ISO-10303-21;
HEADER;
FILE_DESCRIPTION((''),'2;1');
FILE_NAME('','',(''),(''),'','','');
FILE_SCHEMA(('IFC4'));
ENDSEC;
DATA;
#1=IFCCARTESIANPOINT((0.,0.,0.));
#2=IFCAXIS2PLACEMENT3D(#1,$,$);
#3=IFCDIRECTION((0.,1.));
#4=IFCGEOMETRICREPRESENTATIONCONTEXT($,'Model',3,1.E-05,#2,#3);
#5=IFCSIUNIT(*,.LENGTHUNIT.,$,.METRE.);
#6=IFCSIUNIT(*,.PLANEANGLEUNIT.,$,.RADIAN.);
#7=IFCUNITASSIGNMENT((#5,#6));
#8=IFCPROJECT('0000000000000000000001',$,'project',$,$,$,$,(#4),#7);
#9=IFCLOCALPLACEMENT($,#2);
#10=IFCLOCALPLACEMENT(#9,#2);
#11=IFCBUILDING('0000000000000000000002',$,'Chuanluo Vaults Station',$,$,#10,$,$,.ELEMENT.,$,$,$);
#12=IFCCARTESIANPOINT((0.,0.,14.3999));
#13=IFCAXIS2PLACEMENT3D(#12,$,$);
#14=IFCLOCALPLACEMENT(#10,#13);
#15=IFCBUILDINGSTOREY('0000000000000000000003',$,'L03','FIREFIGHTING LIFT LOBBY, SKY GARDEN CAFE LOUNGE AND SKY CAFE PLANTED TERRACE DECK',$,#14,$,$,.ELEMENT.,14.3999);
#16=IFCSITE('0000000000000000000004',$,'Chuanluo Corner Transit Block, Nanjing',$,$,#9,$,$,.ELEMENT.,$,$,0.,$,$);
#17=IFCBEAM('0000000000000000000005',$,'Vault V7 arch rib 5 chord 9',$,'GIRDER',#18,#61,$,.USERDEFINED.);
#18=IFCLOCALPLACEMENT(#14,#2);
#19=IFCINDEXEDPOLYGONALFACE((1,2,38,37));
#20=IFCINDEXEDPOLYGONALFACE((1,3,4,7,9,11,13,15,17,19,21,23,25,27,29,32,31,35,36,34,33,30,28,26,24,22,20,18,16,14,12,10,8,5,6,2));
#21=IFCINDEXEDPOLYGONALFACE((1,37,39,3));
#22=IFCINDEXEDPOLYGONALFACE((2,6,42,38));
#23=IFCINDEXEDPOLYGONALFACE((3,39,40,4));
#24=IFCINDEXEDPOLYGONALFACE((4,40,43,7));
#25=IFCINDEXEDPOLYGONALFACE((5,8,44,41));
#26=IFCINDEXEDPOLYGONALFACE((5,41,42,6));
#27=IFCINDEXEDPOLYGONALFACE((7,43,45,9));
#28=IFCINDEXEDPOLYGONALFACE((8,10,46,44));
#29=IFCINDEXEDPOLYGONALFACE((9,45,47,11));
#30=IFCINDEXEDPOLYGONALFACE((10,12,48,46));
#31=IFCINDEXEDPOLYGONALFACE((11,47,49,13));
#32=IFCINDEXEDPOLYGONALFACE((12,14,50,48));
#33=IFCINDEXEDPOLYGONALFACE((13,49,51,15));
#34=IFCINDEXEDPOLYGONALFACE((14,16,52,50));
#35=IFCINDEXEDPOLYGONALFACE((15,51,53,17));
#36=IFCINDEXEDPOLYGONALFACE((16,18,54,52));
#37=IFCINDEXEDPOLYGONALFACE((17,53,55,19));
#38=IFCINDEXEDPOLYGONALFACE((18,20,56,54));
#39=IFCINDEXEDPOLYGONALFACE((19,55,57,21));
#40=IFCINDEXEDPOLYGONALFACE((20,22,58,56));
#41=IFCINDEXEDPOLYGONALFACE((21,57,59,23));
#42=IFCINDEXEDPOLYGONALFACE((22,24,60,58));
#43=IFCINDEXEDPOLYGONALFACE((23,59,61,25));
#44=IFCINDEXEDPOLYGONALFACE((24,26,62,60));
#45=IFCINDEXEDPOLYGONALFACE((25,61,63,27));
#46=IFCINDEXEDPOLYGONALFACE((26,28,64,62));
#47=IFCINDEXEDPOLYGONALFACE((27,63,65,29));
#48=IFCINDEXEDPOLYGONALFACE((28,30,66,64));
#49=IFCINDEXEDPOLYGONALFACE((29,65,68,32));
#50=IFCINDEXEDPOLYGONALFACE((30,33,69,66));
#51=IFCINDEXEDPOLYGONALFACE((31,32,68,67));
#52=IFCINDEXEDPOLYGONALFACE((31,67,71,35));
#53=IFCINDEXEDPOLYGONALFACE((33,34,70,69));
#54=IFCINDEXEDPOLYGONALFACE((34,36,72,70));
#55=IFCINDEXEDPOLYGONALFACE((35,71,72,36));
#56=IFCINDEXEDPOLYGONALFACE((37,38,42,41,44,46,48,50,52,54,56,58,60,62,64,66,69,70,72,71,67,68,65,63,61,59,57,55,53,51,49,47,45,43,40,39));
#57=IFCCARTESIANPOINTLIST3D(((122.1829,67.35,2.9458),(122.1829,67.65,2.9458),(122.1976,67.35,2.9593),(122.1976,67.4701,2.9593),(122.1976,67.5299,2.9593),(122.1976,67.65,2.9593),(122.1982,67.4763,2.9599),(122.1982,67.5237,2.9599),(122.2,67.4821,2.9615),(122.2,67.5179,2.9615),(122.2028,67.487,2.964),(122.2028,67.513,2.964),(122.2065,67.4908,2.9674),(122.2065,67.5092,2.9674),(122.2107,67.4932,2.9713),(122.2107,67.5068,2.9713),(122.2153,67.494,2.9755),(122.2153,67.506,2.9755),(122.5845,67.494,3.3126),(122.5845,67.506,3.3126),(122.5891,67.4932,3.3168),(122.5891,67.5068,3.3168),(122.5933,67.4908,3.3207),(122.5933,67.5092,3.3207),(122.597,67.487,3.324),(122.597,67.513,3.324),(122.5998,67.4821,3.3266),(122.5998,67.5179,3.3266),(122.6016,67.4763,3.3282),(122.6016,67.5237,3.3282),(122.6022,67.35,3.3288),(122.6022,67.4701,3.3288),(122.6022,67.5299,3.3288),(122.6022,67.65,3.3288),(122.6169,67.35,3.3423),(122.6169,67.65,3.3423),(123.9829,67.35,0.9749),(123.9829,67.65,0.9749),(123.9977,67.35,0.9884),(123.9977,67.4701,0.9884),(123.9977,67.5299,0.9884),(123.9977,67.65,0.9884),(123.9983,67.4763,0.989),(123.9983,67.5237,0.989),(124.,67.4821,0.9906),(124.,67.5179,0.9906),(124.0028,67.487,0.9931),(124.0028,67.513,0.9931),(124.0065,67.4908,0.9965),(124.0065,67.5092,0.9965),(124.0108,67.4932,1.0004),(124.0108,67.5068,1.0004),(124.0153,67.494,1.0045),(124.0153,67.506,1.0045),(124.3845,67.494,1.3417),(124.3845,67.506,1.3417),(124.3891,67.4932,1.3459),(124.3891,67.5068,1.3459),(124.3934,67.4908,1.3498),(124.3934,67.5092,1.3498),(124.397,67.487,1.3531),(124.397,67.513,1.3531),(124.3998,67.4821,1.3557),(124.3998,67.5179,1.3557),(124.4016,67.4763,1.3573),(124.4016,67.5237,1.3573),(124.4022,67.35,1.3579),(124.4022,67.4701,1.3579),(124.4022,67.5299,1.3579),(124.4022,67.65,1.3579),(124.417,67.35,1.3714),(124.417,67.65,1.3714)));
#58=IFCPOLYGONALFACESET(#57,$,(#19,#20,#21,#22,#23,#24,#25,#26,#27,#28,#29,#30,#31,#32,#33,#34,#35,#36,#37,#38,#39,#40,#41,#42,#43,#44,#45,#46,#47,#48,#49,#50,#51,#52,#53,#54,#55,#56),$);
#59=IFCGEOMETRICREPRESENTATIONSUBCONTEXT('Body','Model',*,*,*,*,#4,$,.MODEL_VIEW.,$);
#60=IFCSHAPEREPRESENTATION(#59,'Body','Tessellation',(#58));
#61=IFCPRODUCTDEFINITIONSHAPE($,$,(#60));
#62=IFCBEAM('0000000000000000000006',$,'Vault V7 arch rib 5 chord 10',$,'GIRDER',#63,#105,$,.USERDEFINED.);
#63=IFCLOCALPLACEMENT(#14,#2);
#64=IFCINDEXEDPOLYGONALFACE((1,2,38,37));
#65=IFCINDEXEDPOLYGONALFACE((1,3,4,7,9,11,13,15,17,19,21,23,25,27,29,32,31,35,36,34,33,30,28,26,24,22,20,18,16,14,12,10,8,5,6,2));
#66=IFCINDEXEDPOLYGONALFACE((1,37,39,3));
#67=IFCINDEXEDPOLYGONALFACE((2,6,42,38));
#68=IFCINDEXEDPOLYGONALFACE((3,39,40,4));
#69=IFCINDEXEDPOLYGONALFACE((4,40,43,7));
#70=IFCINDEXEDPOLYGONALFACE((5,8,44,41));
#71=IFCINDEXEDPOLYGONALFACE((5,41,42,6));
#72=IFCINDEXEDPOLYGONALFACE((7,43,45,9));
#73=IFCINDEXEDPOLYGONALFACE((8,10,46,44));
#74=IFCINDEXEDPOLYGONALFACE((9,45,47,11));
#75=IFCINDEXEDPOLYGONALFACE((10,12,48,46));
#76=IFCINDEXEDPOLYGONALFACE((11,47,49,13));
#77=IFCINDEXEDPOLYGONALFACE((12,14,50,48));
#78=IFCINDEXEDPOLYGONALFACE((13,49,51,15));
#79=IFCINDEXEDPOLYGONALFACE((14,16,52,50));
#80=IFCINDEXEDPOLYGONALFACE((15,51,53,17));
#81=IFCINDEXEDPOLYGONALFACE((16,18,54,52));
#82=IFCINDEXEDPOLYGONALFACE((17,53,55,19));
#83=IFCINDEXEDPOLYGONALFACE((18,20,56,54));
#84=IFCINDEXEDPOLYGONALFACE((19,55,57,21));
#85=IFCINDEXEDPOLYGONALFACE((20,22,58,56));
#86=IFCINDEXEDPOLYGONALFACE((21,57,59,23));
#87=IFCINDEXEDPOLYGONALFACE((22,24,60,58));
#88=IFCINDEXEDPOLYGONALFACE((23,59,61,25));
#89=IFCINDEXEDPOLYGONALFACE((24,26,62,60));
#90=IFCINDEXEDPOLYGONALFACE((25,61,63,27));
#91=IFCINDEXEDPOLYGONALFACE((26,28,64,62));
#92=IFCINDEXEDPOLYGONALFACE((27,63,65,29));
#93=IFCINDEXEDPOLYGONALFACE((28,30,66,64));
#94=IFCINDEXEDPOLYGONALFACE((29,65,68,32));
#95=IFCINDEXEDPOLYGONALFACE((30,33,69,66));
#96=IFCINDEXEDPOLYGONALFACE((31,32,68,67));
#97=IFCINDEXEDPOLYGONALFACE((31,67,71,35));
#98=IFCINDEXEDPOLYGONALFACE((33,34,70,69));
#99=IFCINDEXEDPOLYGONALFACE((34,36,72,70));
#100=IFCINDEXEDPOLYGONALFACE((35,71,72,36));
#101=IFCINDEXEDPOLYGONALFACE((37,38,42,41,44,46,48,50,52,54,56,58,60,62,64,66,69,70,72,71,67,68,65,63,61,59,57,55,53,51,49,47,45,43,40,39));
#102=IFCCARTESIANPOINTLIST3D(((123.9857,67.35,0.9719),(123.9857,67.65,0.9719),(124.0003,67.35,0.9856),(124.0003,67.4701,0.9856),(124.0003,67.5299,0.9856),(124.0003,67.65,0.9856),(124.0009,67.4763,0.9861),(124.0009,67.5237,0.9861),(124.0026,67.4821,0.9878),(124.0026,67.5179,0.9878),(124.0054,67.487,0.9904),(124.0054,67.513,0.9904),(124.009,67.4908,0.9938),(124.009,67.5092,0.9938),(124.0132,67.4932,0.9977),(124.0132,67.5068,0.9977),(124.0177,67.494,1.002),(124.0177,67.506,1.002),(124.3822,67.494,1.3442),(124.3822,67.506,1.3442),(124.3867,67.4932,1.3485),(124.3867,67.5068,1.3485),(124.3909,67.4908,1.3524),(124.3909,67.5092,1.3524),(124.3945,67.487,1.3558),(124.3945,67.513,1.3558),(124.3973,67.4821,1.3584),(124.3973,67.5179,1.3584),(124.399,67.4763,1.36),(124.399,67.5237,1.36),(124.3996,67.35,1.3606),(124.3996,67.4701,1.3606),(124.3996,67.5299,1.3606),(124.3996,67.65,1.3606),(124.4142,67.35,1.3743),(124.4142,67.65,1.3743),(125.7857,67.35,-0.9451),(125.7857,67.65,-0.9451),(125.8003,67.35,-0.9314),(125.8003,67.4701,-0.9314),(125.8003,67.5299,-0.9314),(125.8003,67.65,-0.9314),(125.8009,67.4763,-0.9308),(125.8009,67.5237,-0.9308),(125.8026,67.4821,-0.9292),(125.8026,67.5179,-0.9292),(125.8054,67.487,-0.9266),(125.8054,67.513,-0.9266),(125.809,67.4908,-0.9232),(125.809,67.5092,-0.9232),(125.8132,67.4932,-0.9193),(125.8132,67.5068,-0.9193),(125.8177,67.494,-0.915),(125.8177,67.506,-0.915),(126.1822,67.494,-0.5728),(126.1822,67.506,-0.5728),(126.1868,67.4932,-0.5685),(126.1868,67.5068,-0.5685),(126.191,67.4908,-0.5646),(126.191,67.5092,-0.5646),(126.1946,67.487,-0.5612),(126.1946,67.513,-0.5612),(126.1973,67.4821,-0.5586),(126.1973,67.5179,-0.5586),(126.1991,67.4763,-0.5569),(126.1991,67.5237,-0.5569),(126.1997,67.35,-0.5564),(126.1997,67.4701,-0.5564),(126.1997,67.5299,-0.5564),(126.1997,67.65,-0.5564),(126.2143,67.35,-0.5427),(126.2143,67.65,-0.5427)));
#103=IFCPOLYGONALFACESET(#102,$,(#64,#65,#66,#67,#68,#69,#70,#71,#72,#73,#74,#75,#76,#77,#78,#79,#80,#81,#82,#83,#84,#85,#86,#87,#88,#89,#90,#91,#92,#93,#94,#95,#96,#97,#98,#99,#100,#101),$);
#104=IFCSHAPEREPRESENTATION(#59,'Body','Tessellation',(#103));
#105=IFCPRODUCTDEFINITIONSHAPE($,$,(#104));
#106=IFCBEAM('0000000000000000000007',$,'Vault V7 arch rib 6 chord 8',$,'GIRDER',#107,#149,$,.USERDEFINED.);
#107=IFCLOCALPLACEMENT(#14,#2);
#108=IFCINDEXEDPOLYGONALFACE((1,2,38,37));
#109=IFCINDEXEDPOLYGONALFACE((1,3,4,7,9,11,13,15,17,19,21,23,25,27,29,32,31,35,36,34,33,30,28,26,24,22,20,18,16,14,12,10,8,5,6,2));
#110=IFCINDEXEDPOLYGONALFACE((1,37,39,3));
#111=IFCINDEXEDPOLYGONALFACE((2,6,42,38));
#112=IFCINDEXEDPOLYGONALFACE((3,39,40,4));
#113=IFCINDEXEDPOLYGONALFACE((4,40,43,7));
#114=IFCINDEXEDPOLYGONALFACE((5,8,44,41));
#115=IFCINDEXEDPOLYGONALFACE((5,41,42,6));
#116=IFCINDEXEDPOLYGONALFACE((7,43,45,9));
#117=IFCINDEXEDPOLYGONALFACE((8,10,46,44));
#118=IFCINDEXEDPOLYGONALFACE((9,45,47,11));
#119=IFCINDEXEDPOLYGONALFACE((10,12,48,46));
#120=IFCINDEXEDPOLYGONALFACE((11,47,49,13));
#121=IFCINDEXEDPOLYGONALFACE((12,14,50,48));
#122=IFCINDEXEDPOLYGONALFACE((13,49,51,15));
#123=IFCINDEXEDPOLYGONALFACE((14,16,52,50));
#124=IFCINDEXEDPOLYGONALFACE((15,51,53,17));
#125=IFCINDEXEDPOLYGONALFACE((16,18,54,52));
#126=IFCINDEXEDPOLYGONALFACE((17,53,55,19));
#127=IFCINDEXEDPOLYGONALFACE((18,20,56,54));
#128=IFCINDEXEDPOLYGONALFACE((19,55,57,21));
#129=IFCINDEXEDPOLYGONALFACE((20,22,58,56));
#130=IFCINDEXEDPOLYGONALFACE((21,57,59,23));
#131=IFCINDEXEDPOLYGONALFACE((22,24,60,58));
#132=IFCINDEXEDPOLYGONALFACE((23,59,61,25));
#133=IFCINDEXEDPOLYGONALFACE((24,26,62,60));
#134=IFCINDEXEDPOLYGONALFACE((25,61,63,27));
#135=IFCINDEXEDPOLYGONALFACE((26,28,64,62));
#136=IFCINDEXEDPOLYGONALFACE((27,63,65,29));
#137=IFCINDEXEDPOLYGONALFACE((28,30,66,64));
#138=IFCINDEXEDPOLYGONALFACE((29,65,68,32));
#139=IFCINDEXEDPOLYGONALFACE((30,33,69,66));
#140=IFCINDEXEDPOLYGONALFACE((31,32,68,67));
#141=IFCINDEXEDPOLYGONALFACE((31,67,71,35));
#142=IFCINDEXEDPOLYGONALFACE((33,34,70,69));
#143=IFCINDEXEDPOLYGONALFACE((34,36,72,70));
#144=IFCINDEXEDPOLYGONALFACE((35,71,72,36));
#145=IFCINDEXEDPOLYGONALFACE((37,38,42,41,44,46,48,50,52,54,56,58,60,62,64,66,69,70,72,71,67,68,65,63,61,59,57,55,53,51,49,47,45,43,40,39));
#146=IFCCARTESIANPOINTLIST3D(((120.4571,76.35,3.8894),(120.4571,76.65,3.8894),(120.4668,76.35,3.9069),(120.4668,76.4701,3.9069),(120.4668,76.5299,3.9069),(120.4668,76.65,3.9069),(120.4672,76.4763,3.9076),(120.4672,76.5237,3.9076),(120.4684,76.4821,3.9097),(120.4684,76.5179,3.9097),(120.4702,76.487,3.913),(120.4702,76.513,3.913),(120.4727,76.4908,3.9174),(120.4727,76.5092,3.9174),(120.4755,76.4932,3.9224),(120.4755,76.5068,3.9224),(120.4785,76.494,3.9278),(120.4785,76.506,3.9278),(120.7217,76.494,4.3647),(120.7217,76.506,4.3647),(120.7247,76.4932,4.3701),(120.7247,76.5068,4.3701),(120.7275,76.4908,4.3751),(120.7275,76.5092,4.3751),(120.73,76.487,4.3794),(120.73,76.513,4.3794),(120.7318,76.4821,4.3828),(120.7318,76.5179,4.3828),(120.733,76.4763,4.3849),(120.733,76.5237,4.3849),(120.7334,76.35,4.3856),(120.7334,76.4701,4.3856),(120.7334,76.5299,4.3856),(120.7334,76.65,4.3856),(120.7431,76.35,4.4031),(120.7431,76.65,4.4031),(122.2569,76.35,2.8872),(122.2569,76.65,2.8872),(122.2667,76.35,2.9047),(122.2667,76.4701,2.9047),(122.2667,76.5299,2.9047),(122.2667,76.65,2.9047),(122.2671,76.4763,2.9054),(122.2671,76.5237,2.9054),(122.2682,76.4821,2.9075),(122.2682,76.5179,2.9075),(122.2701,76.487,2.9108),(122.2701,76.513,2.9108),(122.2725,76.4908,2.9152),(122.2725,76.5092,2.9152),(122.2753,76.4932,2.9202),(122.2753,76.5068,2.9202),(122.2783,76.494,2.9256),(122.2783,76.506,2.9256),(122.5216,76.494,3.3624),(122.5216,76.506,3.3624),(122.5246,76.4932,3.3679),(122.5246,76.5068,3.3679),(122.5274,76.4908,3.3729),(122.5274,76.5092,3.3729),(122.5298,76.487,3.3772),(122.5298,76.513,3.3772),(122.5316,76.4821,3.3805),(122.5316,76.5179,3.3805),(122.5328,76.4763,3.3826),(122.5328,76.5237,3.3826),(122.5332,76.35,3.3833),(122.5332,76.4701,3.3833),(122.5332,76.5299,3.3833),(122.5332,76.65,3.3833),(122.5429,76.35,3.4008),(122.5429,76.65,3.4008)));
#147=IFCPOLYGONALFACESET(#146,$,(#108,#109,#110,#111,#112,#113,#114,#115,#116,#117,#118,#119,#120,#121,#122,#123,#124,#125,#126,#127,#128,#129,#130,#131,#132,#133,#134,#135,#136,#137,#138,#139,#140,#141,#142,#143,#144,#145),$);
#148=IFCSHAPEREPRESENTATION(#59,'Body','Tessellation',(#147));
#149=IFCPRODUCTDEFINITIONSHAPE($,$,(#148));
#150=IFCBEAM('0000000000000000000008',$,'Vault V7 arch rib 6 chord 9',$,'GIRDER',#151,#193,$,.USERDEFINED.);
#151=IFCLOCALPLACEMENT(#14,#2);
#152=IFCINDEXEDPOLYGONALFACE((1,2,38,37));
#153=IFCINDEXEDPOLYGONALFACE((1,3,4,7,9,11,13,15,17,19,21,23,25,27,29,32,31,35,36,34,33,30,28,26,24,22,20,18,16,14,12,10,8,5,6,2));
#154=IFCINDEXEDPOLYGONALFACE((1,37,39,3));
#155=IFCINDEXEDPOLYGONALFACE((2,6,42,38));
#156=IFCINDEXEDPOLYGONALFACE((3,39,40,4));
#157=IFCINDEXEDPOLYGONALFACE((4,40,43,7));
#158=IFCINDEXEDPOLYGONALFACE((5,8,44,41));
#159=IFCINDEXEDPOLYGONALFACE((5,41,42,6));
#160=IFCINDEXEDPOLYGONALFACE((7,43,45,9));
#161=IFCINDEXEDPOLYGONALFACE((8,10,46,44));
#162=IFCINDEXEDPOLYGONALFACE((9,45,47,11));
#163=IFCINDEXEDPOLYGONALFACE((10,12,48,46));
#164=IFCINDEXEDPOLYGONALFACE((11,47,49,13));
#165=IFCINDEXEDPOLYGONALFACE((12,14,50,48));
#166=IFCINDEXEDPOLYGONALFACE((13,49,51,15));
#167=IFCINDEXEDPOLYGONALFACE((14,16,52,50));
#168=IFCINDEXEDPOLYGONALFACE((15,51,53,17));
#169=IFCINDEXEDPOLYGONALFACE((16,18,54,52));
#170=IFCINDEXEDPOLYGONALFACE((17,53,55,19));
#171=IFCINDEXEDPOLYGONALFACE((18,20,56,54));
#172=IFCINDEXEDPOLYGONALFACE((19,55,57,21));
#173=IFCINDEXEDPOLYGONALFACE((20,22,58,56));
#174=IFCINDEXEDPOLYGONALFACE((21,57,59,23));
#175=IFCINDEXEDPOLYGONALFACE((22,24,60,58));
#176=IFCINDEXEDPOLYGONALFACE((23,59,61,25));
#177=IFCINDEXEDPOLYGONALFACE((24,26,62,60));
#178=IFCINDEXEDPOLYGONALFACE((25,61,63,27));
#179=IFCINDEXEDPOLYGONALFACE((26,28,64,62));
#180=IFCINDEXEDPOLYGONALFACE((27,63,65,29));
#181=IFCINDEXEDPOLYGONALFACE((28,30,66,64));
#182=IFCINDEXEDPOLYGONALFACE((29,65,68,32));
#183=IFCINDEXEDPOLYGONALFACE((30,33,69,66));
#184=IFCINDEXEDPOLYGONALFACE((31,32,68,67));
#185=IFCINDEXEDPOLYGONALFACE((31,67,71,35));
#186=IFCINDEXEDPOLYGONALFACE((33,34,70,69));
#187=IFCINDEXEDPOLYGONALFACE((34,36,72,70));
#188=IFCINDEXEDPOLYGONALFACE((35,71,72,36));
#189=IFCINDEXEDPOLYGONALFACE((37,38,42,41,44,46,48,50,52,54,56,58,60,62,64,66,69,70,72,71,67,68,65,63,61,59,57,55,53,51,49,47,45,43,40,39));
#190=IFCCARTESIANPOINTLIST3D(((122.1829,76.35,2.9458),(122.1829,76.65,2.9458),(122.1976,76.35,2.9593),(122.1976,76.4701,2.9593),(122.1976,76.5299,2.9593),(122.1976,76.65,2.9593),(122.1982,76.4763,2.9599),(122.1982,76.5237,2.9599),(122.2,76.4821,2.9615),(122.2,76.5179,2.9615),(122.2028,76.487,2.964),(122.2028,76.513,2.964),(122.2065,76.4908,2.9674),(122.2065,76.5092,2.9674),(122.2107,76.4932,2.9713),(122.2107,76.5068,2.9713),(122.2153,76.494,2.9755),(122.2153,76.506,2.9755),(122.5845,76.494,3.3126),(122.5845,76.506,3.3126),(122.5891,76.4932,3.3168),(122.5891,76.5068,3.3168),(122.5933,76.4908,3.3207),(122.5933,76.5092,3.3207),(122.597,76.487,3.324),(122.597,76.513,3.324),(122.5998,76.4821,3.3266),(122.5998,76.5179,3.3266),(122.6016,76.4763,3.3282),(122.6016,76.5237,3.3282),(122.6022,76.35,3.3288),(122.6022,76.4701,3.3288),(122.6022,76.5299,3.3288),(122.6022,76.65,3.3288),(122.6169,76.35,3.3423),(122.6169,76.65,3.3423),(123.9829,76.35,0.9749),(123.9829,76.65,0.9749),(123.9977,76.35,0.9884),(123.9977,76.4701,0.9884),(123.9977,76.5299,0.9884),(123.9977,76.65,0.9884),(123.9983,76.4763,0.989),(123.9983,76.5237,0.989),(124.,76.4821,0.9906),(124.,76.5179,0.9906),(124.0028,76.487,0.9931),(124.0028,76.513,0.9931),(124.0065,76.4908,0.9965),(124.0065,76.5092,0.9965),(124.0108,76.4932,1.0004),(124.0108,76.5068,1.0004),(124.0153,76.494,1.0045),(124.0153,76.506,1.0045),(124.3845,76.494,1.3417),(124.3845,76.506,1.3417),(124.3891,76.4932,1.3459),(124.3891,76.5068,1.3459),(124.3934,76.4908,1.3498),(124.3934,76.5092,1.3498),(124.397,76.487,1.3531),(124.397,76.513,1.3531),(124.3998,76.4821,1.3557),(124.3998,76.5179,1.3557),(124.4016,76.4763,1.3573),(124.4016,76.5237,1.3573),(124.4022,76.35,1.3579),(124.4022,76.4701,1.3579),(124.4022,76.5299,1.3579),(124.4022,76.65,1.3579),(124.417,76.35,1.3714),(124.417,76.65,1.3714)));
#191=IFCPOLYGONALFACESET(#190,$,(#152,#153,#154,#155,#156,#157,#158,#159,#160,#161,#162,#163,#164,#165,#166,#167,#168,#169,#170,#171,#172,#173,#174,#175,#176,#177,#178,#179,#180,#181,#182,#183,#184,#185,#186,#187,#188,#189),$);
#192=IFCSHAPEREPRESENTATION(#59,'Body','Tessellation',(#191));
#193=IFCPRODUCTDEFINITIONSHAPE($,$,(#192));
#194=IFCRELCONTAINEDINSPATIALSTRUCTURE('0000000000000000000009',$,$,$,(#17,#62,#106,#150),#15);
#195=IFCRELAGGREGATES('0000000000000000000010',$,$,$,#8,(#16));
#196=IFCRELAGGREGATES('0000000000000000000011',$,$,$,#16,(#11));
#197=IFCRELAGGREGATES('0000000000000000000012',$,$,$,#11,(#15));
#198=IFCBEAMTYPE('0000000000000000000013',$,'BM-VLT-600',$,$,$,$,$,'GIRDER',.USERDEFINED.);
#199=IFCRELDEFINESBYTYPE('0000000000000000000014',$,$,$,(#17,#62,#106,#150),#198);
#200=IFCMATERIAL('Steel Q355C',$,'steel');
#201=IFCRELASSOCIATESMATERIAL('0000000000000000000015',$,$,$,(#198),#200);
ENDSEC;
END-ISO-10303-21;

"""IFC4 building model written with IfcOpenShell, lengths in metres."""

from ifc_helpers import new_model, si_unit, direction, frame, origin, origin_2d, place, context, subcontext, project, spatial, i_section, extrude, material, material_profile, profile_set, type_object, element, save


model = new_model("IFC4")

# Units and contexts
model_context = context("Model", 3, precision=1e-05, world=origin(), true_north=direction((0.0, 1.0)))
body_context = subcontext(model_context, "Body", "Model", "MODEL_VIEW")
ifc_project = project(units=[si_unit("LENGTHUNIT", "METRE"), si_unit("PLANEANGLEUNIT", "RADIAN")], contexts=[model_context])

# Site, building, storey
site_placement = place(None, origin())
site = spatial("IfcSite", under=ifc_project, at=site_placement, Name="Chuanluo Corner Transit Block, Nanjing", CompositionType="ELEMENT", RefElevation=0.0)
building_placement = place(site_placement, origin())
building = spatial("IfcBuilding", under=site, at=building_placement, Name="Chuanluo Vaults Station", CompositionType="ELEMENT")
storey_placement = place(building_placement, frame((0.0, 0.0, 14.3999)))
storey = spatial("IfcBuildingStorey", under=building, at=storey_placement, Name="L03", Description="FIREFIGHTING LIFT LOBBY, SKY GARDEN CAFE LOUNGE AND SKY CAFE PLANTED TERRACE DECK", CompositionType="ELEMENT", Elevation=14.3999)

# Beams
ifc_material_1 = material(Name="Steel Q355C", Category="steel")
ifc_material_profile_1 = material_profile(ifc_material_1, i_section(OverallWidth=0.3, OverallDepth=0.5879, WebThickness=0.012, FlangeThickness=0.02, FilletRadius=0.0239, at=origin_2d()))
ifc_profile_set_1 = profile_set([ifc_material_profile_1], Name="Steel Q355C")
beam_type = type_object("IfcBeamType", Name="BM-VLT-600", ElementType="GIRDER", PredefinedType="USERDEFINED", material=ifc_profile_set_1)
beam_1_placement = place(storey_placement, frame((122.3999, 67.5, 3.144), z_axis=(0.674369, 0.0, -0.738394), x_axis=(0.0, 1.0, 0.0)))
element("IfcBeam", 1, at=beam_1_placement, inside=storey, type_object=beam_type, Name="Vault V7 arch rib 5 chord 9", ObjectType="GIRDER", PredefinedType="USERDEFINED", context=body_context, shape_type="SweptSolid", body=[
    extrude(i_section(OverallWidth=0.3, OverallDepth=0.5879, WebThickness=0.012, FlangeThickness=0.02, FilletRadius=0.0239, at=origin_2d()), origin(), (0.0, 0.0, 1.0), 2.6692),
])
beam_2_placement = place(storey_placement, frame((124.2, 67.5, 1.1731), z_axis=(0.684522, 0.0, -0.728993), x_axis=(0.0, 1.0, 0.0)))
element("IfcBeam", 2, at=beam_2_placement, inside=storey, type_object=beam_type, Name="Vault V7 arch rib 5 chord 10", ObjectType="GIRDER", PredefinedType="USERDEFINED", context=body_context, shape_type="SweptSolid", body=[
    extrude(i_section(OverallWidth=0.3, OverallDepth=0.5879, WebThickness=0.012, FlangeThickness=0.02, FilletRadius=0.0239, at=origin_2d()), origin(), (0.0, 0.0, 1.0), 2.6296),
])
beam_3_placement = place(storey_placement, frame((120.6001, 76.5, 4.1462), z_axis=(0.873682, 0.0, -0.486498), x_axis=(0.0, 1.0, 0.0)))
element("IfcBeam", 3, at=beam_3_placement, inside=storey, type_object=beam_type, Name="Vault V7 arch rib 6 chord 8", ObjectType="GIRDER", PredefinedType="USERDEFINED", context=body_context, shape_type="SweptSolid", body=[
    extrude(i_section(OverallWidth=0.3, OverallDepth=0.5879, WebThickness=0.012, FlangeThickness=0.02, FilletRadius=0.0239, at=origin_2d()), origin(), (0.0, 0.0, 1.0), 2.0601),
])
beam_4_placement = place(storey_placement, frame((122.3999, 76.5, 3.144), z_axis=(0.674369, 0.0, -0.738394), x_axis=(0.0, 1.0, 0.0)))
element("IfcBeam", 4, at=beam_4_placement, inside=storey, type_object=beam_type, Name="Vault V7 arch rib 6 chord 9", ObjectType="GIRDER", PredefinedType="USERDEFINED", context=body_context, shape_type="SweptSolid", body=[
    extrude(i_section(OverallWidth=0.3, OverallDepth=0.5879, WebThickness=0.012, FlangeThickness=0.02, FilletRadius=0.0239, at=origin_2d()), origin(), (0.0, 0.0, 1.0), 2.6692),
])

save(model, "model.ifc")
